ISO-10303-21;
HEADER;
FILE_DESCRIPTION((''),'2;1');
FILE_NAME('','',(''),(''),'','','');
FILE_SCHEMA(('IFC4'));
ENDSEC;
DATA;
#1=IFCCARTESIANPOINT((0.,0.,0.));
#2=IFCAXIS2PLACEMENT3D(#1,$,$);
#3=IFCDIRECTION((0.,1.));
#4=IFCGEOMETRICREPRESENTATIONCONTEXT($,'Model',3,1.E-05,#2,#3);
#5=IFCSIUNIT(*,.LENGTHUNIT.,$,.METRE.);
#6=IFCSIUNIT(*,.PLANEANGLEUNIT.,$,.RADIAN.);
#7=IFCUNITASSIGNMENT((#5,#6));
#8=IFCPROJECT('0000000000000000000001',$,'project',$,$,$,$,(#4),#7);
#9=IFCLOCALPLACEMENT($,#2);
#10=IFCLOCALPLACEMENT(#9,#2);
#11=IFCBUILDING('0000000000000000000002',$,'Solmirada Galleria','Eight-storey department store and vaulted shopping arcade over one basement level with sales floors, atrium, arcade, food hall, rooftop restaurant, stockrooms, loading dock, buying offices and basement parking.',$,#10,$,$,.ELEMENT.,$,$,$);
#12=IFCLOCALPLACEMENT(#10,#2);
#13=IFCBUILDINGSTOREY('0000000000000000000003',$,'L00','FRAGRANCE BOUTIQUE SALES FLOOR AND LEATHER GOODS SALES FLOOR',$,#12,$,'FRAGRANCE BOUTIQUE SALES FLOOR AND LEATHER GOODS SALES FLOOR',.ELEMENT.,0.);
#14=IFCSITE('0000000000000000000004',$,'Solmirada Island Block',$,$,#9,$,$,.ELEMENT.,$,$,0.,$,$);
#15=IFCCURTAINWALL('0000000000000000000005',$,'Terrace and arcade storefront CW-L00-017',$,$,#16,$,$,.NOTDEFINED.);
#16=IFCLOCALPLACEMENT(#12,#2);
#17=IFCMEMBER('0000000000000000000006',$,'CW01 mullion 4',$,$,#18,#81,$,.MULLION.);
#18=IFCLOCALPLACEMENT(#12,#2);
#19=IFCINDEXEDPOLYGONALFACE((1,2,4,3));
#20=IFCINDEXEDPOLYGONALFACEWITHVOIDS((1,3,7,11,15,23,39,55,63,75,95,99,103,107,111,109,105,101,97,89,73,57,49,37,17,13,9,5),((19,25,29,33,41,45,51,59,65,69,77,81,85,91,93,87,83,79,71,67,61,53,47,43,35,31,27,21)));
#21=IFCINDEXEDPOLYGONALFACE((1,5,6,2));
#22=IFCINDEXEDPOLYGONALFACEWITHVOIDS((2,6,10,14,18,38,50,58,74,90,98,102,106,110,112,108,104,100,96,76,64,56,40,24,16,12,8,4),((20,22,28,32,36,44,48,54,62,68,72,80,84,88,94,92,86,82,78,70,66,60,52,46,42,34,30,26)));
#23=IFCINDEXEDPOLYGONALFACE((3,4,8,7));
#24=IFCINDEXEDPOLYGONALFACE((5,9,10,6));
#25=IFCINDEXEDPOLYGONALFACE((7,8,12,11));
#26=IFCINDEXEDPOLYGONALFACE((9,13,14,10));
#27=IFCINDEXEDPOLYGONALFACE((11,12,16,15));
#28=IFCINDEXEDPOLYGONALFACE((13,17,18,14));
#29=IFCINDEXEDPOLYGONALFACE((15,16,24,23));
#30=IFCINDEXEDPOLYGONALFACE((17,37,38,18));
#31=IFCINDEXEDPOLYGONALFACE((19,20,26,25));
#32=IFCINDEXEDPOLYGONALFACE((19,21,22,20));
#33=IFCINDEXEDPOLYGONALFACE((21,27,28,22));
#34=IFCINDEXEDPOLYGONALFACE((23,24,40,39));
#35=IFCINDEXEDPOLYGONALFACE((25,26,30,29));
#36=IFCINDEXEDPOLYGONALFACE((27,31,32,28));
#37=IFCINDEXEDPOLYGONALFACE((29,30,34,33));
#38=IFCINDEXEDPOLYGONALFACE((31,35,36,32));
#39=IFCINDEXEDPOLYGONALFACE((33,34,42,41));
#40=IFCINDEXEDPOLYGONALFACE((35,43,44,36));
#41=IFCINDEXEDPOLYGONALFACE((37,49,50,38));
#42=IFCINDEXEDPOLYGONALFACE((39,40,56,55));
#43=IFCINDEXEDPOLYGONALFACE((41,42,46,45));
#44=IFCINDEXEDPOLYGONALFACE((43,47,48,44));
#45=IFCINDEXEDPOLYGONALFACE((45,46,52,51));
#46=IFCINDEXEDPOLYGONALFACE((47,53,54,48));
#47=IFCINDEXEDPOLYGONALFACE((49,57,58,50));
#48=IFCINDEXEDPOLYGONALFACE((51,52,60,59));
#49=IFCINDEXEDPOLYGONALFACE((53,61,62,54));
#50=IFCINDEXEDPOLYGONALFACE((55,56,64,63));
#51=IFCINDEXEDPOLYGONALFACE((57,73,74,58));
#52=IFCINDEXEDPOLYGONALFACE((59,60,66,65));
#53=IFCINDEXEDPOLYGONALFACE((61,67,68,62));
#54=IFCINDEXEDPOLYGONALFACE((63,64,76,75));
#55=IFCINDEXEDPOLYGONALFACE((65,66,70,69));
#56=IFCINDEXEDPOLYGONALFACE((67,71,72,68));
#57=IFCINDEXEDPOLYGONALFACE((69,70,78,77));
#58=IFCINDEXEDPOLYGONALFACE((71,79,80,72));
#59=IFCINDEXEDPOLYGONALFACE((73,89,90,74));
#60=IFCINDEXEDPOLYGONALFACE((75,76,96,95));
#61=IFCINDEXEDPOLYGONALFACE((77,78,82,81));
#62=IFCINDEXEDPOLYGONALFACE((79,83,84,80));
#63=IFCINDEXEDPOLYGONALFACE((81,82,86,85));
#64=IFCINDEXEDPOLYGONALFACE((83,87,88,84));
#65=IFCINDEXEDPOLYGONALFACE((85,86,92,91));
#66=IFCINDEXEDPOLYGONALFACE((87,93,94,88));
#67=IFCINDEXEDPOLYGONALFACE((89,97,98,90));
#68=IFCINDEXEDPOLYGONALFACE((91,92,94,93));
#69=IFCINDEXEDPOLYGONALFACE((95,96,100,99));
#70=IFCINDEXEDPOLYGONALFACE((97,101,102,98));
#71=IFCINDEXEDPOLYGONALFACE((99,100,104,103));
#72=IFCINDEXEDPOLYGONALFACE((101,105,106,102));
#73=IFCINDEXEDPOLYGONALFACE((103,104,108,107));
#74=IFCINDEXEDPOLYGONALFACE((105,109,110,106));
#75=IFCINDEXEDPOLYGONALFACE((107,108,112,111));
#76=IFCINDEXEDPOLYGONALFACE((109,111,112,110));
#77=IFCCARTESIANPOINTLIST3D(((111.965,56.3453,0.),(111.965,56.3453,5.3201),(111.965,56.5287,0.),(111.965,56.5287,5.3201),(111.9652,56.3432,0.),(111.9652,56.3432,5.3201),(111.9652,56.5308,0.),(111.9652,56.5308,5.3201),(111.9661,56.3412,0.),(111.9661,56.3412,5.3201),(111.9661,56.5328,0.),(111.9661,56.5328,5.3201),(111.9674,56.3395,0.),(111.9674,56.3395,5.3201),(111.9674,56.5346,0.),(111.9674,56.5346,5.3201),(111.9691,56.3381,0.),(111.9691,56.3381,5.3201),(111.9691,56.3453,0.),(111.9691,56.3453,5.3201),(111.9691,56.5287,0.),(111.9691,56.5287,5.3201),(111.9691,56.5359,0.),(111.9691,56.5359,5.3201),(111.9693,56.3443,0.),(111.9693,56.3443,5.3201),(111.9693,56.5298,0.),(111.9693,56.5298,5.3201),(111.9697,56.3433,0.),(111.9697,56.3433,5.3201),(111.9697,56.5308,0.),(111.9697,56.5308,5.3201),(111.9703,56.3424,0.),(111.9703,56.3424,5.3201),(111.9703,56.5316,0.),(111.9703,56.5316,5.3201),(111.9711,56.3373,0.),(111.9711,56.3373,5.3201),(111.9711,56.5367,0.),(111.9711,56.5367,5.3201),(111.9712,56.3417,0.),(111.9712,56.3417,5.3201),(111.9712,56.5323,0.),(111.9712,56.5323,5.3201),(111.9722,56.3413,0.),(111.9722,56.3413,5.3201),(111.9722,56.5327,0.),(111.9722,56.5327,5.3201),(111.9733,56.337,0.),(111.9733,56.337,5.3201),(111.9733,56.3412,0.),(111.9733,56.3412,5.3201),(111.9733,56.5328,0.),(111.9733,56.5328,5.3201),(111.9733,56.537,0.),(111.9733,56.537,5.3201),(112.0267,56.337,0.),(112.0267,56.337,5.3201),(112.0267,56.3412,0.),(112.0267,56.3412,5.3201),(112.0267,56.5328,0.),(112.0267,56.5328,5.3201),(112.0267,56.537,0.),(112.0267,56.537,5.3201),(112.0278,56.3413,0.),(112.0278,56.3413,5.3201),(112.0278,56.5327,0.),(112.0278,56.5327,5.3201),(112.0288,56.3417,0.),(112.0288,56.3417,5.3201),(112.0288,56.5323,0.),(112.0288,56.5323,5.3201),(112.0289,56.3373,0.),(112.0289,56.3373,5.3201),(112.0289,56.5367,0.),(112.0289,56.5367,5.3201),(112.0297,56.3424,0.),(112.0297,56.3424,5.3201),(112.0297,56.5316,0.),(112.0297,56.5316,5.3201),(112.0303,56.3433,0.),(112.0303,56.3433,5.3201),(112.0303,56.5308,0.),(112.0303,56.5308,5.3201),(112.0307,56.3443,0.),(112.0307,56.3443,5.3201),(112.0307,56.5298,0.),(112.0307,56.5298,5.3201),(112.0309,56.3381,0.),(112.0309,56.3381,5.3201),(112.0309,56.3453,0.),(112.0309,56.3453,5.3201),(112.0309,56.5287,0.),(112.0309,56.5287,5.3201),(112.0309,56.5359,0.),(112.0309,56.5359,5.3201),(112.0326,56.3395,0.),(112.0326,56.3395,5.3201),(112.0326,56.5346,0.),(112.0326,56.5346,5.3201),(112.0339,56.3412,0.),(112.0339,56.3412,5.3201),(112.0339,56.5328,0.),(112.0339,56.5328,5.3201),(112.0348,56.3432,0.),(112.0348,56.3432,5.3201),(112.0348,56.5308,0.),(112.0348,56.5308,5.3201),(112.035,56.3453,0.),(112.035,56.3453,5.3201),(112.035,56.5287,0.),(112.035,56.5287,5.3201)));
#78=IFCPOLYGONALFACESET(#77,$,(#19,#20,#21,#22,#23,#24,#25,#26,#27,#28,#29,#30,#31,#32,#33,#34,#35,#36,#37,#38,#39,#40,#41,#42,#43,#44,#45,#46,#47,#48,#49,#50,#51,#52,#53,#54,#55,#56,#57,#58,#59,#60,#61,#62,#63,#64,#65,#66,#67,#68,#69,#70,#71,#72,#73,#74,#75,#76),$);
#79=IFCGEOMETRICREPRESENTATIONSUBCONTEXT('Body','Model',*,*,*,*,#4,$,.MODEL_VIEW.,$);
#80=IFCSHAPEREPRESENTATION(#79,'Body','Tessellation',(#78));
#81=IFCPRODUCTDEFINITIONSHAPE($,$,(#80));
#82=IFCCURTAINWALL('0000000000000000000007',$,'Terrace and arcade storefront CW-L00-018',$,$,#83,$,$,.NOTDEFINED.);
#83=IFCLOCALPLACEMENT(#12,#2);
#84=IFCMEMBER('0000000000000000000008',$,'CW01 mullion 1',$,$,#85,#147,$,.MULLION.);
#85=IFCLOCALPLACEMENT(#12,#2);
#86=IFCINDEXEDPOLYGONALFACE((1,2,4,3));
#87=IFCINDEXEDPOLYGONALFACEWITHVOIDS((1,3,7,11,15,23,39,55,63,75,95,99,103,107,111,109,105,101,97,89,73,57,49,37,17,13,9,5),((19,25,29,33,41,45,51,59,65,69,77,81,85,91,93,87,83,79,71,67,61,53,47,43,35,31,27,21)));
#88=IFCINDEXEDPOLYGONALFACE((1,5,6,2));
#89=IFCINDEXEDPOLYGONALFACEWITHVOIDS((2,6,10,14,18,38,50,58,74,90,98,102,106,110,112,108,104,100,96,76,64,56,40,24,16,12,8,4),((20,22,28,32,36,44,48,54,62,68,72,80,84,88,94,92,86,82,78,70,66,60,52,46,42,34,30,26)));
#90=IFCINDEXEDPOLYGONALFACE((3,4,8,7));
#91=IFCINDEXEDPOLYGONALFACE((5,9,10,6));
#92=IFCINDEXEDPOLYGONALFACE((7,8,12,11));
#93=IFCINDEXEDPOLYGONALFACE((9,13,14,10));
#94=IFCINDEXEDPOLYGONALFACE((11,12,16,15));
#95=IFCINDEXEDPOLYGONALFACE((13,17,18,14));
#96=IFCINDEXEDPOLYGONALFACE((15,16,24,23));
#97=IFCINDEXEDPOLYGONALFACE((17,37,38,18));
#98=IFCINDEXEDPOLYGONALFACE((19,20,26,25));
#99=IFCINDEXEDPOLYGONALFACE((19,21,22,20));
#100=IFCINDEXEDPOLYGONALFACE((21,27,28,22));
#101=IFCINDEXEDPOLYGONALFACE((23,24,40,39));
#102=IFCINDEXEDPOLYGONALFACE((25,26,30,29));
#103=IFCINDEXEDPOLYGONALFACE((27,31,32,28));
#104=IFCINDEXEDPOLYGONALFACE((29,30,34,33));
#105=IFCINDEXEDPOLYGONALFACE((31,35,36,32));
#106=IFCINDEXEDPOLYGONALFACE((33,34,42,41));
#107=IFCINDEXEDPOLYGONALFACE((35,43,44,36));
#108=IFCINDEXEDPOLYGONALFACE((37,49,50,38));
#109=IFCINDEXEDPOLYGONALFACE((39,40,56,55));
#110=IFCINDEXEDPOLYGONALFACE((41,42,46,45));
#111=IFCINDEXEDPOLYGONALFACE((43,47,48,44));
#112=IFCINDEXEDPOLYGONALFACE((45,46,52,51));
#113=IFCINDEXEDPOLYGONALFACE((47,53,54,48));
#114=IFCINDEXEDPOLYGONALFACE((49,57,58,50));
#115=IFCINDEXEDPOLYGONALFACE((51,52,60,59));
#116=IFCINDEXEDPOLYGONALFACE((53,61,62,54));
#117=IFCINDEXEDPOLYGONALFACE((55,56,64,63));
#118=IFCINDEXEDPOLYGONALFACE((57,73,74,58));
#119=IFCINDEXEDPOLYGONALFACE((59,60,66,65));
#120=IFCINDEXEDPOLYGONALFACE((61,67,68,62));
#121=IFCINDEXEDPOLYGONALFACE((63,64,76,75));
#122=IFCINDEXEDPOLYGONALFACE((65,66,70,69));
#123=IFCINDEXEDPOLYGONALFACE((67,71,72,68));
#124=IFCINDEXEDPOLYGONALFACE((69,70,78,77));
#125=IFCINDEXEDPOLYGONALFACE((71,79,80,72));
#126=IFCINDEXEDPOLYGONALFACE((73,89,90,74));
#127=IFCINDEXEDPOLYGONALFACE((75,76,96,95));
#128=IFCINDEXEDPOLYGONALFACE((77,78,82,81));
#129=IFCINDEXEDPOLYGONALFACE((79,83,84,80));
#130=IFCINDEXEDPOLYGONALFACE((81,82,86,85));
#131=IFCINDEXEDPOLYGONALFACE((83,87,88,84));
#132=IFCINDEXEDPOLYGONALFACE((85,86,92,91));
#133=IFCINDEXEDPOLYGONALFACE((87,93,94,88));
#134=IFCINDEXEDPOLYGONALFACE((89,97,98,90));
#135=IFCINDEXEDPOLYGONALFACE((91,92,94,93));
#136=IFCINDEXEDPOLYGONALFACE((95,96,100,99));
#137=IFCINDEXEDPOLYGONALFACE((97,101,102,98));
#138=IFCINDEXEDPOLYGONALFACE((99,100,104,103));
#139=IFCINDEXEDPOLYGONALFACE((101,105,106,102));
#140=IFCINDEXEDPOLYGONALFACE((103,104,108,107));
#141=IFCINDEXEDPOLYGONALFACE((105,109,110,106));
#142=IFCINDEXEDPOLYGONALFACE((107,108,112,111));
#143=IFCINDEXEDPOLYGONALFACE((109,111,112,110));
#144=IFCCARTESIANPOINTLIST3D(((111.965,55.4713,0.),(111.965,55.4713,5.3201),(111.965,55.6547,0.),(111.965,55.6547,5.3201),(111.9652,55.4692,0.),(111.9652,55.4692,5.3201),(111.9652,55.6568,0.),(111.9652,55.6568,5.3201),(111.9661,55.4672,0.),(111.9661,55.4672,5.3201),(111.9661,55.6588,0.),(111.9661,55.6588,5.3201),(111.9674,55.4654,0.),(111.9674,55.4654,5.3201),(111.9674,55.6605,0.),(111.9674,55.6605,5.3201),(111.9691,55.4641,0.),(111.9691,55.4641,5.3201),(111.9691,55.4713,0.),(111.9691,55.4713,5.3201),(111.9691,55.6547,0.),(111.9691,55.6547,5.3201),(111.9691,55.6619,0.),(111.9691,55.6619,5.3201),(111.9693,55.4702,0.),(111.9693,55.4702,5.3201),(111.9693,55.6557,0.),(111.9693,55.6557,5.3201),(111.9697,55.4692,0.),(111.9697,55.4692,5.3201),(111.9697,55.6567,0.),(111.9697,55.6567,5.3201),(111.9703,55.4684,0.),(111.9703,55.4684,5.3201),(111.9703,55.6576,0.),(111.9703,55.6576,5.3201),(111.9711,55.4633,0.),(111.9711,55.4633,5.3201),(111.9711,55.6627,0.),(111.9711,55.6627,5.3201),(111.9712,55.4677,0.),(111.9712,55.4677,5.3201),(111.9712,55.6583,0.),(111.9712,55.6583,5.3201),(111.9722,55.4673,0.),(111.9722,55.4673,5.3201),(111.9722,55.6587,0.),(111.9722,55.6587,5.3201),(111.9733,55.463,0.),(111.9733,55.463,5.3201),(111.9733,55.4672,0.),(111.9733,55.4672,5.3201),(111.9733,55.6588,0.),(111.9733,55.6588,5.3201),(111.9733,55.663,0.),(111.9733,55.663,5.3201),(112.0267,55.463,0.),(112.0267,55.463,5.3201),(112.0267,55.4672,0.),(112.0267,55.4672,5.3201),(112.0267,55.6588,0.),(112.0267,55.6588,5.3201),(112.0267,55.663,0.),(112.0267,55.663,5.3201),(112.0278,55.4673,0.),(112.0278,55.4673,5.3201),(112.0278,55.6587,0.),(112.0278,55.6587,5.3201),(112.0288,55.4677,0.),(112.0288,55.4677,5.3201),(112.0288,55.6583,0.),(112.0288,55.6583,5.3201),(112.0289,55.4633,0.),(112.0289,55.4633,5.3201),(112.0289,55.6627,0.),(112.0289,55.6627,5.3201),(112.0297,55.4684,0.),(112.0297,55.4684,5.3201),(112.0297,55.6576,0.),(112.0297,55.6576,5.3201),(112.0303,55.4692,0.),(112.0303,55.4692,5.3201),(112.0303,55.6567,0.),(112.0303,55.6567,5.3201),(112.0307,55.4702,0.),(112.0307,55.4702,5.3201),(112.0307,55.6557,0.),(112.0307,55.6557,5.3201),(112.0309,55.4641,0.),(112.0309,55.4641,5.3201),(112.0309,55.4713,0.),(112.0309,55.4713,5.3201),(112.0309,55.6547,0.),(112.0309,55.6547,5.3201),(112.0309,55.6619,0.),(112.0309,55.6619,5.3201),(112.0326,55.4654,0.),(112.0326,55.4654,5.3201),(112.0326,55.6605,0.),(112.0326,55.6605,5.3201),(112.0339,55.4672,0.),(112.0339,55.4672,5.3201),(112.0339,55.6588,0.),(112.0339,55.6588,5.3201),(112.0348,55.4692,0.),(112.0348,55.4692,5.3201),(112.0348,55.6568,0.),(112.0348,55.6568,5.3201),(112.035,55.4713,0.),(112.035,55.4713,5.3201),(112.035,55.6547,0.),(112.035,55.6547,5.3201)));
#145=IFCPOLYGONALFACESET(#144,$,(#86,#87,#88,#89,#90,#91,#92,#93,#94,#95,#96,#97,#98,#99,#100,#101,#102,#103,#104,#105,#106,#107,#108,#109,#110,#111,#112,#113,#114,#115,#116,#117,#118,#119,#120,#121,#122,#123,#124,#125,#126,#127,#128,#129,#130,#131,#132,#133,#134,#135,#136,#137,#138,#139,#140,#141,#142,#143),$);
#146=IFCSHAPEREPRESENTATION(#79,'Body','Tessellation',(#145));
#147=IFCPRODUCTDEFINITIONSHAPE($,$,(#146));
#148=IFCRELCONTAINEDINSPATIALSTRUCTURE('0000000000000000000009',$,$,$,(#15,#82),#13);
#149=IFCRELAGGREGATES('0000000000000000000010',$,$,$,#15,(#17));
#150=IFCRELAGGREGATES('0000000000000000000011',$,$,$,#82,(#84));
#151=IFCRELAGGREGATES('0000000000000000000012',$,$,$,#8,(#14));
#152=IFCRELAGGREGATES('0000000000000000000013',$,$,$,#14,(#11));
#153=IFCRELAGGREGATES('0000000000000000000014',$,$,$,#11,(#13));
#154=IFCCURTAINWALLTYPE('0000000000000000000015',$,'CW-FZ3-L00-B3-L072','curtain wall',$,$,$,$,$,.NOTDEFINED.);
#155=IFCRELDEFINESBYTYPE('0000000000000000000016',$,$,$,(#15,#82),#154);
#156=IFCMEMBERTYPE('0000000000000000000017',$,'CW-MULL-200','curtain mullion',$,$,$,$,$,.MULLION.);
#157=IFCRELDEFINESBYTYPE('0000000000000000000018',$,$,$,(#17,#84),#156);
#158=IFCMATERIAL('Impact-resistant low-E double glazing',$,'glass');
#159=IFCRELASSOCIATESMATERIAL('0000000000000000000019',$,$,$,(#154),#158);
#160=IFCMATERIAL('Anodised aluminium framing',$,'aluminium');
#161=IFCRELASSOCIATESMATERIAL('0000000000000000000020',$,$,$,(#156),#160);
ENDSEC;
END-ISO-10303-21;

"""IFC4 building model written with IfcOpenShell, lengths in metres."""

from ifc_helpers import new_model, si_unit, direction, frame, origin, origin_2d, place, context, subcontext, project, spatial, hollow_rectangle, extrude, material, material_profile, profile_set, type_object, element, aggregate, save


model = new_model("IFC4")

# Units and contexts
model_context = context("Model", 3, precision=1e-05, world=origin(), true_north=direction((0.0, 1.0)))
body_context = subcontext(model_context, "Body", "Model", "MODEL_VIEW")
ifc_project = project(units=[si_unit("LENGTHUNIT", "METRE"), si_unit("PLANEANGLEUNIT", "RADIAN")], contexts=[model_context])

# Site, building, storey
site_placement = place(None, origin())
site = spatial("IfcSite", under=ifc_project, at=site_placement, Name="Solmirada Island Block", CompositionType="ELEMENT", RefElevation=0.0)
building_placement = place(site_placement, origin())
building = spatial("IfcBuilding", under=site, at=building_placement, Name="Solmirada Galleria", Description="Eight-storey department store and vaulted shopping arcade over one basement level with sales floors, atrium, arcade, food hall, rooftop restaurant, stockrooms, loading dock, buying offices and basement parking.", CompositionType="ELEMENT")
storey_placement = place(building_placement, origin())
storey = spatial("IfcBuildingStorey", under=building, at=storey_placement, Name="L00", Description="FRAGRANCE BOUTIQUE SALES FLOOR AND LEATHER GOODS SALES FLOOR", LongName="FRAGRANCE BOUTIQUE SALES FLOOR AND LEATHER GOODS SALES FLOOR", CompositionType="ELEMENT", Elevation=0.0)

# Curtain wall, member
ifc_material_1 = material(Name="Impact-resistant low-E double glazing", Category="glass")
curtain_wall_type = type_object("IfcCurtainWallType", Name="CW-FZ3-L00-B3-L072", Description="curtain wall", PredefinedType="NOTDEFINED", material=ifc_material_1)
curtain_wall_1_placement = place(storey_placement, origin())
curtain_wall_1 = element("IfcCurtainWall", 1, at=curtain_wall_1_placement, inside=storey, type_object=curtain_wall_type, Name="Terrace and arcade storefront CW-L00-017", PredefinedType="NOTDEFINED")
ifc_material_2 = material(Name="Anodised aluminium framing", Category="aluminium")
ifc_material_profile_1 = material_profile(ifc_material_2, hollow_rectangle(XDim=0.0701, YDim=0.2, WallThickness=0.0042, InnerFilletRadius=0.0042, OuterFilletRadius=0.0083, at=origin_2d()), Name="ALU-MULL-200X70")
ifc_profile_set_1 = profile_set([ifc_material_profile_1], Name="Anodised aluminium framing")
member_type_1 = type_object("IfcMemberType", Name="CW-MULL-200", Description="curtain mullion", PredefinedType="MULLION", material=ifc_profile_set_1)
member_1_placement = place(storey_placement, frame((112.0, 56.437, 0.0), z_axis=(0.0, 0.0, 1.0), x_axis=(1.0, 0.0, 0.0)))
member_1 = element("IfcMember", 2, at=member_1_placement, type_object=member_type_1, Name="CW01 mullion 4", PredefinedType="MULLION", context=body_context, shape_type="SweptSolid", body=[
    extrude(hollow_rectangle(XDim=0.0701, YDim=0.2, WallThickness=0.0042, InnerFilletRadius=0.0042, OuterFilletRadius=0.0083, at=origin_2d()), origin(), (0.0, 0.0, 1.0), 5.3201),
])

# Curtain wall, member
curtain_wall_2_placement = place(storey_placement, origin())
curtain_wall_2 = element("IfcCurtainWall", 3, at=curtain_wall_2_placement, inside=storey, type_object=curtain_wall_type, Name="Terrace and arcade storefront CW-L00-018", PredefinedType="NOTDEFINED")
member_2_placement = place(storey_placement, frame((112.0, 55.563, 0.0), z_axis=(0.0, 0.0, 1.0), x_axis=(1.0, 0.0, 0.0)))
member_2 = element("IfcMember", 4, at=member_2_placement, type_object=member_type_1, Name="CW01 mullion 1", PredefinedType="MULLION", context=body_context, shape_type="SweptSolid", body=[
    extrude(hollow_rectangle(XDim=0.0701, YDim=0.2, WallThickness=0.0042, InnerFilletRadius=0.0042, OuterFilletRadius=0.0083, at=origin_2d()), origin(), (0.0, 0.0, 1.0), 5.3201),
])

aggregate(curtain_wall_1, [member_1])
aggregate(curtain_wall_2, [member_2])

save(model, "model.ifc")
